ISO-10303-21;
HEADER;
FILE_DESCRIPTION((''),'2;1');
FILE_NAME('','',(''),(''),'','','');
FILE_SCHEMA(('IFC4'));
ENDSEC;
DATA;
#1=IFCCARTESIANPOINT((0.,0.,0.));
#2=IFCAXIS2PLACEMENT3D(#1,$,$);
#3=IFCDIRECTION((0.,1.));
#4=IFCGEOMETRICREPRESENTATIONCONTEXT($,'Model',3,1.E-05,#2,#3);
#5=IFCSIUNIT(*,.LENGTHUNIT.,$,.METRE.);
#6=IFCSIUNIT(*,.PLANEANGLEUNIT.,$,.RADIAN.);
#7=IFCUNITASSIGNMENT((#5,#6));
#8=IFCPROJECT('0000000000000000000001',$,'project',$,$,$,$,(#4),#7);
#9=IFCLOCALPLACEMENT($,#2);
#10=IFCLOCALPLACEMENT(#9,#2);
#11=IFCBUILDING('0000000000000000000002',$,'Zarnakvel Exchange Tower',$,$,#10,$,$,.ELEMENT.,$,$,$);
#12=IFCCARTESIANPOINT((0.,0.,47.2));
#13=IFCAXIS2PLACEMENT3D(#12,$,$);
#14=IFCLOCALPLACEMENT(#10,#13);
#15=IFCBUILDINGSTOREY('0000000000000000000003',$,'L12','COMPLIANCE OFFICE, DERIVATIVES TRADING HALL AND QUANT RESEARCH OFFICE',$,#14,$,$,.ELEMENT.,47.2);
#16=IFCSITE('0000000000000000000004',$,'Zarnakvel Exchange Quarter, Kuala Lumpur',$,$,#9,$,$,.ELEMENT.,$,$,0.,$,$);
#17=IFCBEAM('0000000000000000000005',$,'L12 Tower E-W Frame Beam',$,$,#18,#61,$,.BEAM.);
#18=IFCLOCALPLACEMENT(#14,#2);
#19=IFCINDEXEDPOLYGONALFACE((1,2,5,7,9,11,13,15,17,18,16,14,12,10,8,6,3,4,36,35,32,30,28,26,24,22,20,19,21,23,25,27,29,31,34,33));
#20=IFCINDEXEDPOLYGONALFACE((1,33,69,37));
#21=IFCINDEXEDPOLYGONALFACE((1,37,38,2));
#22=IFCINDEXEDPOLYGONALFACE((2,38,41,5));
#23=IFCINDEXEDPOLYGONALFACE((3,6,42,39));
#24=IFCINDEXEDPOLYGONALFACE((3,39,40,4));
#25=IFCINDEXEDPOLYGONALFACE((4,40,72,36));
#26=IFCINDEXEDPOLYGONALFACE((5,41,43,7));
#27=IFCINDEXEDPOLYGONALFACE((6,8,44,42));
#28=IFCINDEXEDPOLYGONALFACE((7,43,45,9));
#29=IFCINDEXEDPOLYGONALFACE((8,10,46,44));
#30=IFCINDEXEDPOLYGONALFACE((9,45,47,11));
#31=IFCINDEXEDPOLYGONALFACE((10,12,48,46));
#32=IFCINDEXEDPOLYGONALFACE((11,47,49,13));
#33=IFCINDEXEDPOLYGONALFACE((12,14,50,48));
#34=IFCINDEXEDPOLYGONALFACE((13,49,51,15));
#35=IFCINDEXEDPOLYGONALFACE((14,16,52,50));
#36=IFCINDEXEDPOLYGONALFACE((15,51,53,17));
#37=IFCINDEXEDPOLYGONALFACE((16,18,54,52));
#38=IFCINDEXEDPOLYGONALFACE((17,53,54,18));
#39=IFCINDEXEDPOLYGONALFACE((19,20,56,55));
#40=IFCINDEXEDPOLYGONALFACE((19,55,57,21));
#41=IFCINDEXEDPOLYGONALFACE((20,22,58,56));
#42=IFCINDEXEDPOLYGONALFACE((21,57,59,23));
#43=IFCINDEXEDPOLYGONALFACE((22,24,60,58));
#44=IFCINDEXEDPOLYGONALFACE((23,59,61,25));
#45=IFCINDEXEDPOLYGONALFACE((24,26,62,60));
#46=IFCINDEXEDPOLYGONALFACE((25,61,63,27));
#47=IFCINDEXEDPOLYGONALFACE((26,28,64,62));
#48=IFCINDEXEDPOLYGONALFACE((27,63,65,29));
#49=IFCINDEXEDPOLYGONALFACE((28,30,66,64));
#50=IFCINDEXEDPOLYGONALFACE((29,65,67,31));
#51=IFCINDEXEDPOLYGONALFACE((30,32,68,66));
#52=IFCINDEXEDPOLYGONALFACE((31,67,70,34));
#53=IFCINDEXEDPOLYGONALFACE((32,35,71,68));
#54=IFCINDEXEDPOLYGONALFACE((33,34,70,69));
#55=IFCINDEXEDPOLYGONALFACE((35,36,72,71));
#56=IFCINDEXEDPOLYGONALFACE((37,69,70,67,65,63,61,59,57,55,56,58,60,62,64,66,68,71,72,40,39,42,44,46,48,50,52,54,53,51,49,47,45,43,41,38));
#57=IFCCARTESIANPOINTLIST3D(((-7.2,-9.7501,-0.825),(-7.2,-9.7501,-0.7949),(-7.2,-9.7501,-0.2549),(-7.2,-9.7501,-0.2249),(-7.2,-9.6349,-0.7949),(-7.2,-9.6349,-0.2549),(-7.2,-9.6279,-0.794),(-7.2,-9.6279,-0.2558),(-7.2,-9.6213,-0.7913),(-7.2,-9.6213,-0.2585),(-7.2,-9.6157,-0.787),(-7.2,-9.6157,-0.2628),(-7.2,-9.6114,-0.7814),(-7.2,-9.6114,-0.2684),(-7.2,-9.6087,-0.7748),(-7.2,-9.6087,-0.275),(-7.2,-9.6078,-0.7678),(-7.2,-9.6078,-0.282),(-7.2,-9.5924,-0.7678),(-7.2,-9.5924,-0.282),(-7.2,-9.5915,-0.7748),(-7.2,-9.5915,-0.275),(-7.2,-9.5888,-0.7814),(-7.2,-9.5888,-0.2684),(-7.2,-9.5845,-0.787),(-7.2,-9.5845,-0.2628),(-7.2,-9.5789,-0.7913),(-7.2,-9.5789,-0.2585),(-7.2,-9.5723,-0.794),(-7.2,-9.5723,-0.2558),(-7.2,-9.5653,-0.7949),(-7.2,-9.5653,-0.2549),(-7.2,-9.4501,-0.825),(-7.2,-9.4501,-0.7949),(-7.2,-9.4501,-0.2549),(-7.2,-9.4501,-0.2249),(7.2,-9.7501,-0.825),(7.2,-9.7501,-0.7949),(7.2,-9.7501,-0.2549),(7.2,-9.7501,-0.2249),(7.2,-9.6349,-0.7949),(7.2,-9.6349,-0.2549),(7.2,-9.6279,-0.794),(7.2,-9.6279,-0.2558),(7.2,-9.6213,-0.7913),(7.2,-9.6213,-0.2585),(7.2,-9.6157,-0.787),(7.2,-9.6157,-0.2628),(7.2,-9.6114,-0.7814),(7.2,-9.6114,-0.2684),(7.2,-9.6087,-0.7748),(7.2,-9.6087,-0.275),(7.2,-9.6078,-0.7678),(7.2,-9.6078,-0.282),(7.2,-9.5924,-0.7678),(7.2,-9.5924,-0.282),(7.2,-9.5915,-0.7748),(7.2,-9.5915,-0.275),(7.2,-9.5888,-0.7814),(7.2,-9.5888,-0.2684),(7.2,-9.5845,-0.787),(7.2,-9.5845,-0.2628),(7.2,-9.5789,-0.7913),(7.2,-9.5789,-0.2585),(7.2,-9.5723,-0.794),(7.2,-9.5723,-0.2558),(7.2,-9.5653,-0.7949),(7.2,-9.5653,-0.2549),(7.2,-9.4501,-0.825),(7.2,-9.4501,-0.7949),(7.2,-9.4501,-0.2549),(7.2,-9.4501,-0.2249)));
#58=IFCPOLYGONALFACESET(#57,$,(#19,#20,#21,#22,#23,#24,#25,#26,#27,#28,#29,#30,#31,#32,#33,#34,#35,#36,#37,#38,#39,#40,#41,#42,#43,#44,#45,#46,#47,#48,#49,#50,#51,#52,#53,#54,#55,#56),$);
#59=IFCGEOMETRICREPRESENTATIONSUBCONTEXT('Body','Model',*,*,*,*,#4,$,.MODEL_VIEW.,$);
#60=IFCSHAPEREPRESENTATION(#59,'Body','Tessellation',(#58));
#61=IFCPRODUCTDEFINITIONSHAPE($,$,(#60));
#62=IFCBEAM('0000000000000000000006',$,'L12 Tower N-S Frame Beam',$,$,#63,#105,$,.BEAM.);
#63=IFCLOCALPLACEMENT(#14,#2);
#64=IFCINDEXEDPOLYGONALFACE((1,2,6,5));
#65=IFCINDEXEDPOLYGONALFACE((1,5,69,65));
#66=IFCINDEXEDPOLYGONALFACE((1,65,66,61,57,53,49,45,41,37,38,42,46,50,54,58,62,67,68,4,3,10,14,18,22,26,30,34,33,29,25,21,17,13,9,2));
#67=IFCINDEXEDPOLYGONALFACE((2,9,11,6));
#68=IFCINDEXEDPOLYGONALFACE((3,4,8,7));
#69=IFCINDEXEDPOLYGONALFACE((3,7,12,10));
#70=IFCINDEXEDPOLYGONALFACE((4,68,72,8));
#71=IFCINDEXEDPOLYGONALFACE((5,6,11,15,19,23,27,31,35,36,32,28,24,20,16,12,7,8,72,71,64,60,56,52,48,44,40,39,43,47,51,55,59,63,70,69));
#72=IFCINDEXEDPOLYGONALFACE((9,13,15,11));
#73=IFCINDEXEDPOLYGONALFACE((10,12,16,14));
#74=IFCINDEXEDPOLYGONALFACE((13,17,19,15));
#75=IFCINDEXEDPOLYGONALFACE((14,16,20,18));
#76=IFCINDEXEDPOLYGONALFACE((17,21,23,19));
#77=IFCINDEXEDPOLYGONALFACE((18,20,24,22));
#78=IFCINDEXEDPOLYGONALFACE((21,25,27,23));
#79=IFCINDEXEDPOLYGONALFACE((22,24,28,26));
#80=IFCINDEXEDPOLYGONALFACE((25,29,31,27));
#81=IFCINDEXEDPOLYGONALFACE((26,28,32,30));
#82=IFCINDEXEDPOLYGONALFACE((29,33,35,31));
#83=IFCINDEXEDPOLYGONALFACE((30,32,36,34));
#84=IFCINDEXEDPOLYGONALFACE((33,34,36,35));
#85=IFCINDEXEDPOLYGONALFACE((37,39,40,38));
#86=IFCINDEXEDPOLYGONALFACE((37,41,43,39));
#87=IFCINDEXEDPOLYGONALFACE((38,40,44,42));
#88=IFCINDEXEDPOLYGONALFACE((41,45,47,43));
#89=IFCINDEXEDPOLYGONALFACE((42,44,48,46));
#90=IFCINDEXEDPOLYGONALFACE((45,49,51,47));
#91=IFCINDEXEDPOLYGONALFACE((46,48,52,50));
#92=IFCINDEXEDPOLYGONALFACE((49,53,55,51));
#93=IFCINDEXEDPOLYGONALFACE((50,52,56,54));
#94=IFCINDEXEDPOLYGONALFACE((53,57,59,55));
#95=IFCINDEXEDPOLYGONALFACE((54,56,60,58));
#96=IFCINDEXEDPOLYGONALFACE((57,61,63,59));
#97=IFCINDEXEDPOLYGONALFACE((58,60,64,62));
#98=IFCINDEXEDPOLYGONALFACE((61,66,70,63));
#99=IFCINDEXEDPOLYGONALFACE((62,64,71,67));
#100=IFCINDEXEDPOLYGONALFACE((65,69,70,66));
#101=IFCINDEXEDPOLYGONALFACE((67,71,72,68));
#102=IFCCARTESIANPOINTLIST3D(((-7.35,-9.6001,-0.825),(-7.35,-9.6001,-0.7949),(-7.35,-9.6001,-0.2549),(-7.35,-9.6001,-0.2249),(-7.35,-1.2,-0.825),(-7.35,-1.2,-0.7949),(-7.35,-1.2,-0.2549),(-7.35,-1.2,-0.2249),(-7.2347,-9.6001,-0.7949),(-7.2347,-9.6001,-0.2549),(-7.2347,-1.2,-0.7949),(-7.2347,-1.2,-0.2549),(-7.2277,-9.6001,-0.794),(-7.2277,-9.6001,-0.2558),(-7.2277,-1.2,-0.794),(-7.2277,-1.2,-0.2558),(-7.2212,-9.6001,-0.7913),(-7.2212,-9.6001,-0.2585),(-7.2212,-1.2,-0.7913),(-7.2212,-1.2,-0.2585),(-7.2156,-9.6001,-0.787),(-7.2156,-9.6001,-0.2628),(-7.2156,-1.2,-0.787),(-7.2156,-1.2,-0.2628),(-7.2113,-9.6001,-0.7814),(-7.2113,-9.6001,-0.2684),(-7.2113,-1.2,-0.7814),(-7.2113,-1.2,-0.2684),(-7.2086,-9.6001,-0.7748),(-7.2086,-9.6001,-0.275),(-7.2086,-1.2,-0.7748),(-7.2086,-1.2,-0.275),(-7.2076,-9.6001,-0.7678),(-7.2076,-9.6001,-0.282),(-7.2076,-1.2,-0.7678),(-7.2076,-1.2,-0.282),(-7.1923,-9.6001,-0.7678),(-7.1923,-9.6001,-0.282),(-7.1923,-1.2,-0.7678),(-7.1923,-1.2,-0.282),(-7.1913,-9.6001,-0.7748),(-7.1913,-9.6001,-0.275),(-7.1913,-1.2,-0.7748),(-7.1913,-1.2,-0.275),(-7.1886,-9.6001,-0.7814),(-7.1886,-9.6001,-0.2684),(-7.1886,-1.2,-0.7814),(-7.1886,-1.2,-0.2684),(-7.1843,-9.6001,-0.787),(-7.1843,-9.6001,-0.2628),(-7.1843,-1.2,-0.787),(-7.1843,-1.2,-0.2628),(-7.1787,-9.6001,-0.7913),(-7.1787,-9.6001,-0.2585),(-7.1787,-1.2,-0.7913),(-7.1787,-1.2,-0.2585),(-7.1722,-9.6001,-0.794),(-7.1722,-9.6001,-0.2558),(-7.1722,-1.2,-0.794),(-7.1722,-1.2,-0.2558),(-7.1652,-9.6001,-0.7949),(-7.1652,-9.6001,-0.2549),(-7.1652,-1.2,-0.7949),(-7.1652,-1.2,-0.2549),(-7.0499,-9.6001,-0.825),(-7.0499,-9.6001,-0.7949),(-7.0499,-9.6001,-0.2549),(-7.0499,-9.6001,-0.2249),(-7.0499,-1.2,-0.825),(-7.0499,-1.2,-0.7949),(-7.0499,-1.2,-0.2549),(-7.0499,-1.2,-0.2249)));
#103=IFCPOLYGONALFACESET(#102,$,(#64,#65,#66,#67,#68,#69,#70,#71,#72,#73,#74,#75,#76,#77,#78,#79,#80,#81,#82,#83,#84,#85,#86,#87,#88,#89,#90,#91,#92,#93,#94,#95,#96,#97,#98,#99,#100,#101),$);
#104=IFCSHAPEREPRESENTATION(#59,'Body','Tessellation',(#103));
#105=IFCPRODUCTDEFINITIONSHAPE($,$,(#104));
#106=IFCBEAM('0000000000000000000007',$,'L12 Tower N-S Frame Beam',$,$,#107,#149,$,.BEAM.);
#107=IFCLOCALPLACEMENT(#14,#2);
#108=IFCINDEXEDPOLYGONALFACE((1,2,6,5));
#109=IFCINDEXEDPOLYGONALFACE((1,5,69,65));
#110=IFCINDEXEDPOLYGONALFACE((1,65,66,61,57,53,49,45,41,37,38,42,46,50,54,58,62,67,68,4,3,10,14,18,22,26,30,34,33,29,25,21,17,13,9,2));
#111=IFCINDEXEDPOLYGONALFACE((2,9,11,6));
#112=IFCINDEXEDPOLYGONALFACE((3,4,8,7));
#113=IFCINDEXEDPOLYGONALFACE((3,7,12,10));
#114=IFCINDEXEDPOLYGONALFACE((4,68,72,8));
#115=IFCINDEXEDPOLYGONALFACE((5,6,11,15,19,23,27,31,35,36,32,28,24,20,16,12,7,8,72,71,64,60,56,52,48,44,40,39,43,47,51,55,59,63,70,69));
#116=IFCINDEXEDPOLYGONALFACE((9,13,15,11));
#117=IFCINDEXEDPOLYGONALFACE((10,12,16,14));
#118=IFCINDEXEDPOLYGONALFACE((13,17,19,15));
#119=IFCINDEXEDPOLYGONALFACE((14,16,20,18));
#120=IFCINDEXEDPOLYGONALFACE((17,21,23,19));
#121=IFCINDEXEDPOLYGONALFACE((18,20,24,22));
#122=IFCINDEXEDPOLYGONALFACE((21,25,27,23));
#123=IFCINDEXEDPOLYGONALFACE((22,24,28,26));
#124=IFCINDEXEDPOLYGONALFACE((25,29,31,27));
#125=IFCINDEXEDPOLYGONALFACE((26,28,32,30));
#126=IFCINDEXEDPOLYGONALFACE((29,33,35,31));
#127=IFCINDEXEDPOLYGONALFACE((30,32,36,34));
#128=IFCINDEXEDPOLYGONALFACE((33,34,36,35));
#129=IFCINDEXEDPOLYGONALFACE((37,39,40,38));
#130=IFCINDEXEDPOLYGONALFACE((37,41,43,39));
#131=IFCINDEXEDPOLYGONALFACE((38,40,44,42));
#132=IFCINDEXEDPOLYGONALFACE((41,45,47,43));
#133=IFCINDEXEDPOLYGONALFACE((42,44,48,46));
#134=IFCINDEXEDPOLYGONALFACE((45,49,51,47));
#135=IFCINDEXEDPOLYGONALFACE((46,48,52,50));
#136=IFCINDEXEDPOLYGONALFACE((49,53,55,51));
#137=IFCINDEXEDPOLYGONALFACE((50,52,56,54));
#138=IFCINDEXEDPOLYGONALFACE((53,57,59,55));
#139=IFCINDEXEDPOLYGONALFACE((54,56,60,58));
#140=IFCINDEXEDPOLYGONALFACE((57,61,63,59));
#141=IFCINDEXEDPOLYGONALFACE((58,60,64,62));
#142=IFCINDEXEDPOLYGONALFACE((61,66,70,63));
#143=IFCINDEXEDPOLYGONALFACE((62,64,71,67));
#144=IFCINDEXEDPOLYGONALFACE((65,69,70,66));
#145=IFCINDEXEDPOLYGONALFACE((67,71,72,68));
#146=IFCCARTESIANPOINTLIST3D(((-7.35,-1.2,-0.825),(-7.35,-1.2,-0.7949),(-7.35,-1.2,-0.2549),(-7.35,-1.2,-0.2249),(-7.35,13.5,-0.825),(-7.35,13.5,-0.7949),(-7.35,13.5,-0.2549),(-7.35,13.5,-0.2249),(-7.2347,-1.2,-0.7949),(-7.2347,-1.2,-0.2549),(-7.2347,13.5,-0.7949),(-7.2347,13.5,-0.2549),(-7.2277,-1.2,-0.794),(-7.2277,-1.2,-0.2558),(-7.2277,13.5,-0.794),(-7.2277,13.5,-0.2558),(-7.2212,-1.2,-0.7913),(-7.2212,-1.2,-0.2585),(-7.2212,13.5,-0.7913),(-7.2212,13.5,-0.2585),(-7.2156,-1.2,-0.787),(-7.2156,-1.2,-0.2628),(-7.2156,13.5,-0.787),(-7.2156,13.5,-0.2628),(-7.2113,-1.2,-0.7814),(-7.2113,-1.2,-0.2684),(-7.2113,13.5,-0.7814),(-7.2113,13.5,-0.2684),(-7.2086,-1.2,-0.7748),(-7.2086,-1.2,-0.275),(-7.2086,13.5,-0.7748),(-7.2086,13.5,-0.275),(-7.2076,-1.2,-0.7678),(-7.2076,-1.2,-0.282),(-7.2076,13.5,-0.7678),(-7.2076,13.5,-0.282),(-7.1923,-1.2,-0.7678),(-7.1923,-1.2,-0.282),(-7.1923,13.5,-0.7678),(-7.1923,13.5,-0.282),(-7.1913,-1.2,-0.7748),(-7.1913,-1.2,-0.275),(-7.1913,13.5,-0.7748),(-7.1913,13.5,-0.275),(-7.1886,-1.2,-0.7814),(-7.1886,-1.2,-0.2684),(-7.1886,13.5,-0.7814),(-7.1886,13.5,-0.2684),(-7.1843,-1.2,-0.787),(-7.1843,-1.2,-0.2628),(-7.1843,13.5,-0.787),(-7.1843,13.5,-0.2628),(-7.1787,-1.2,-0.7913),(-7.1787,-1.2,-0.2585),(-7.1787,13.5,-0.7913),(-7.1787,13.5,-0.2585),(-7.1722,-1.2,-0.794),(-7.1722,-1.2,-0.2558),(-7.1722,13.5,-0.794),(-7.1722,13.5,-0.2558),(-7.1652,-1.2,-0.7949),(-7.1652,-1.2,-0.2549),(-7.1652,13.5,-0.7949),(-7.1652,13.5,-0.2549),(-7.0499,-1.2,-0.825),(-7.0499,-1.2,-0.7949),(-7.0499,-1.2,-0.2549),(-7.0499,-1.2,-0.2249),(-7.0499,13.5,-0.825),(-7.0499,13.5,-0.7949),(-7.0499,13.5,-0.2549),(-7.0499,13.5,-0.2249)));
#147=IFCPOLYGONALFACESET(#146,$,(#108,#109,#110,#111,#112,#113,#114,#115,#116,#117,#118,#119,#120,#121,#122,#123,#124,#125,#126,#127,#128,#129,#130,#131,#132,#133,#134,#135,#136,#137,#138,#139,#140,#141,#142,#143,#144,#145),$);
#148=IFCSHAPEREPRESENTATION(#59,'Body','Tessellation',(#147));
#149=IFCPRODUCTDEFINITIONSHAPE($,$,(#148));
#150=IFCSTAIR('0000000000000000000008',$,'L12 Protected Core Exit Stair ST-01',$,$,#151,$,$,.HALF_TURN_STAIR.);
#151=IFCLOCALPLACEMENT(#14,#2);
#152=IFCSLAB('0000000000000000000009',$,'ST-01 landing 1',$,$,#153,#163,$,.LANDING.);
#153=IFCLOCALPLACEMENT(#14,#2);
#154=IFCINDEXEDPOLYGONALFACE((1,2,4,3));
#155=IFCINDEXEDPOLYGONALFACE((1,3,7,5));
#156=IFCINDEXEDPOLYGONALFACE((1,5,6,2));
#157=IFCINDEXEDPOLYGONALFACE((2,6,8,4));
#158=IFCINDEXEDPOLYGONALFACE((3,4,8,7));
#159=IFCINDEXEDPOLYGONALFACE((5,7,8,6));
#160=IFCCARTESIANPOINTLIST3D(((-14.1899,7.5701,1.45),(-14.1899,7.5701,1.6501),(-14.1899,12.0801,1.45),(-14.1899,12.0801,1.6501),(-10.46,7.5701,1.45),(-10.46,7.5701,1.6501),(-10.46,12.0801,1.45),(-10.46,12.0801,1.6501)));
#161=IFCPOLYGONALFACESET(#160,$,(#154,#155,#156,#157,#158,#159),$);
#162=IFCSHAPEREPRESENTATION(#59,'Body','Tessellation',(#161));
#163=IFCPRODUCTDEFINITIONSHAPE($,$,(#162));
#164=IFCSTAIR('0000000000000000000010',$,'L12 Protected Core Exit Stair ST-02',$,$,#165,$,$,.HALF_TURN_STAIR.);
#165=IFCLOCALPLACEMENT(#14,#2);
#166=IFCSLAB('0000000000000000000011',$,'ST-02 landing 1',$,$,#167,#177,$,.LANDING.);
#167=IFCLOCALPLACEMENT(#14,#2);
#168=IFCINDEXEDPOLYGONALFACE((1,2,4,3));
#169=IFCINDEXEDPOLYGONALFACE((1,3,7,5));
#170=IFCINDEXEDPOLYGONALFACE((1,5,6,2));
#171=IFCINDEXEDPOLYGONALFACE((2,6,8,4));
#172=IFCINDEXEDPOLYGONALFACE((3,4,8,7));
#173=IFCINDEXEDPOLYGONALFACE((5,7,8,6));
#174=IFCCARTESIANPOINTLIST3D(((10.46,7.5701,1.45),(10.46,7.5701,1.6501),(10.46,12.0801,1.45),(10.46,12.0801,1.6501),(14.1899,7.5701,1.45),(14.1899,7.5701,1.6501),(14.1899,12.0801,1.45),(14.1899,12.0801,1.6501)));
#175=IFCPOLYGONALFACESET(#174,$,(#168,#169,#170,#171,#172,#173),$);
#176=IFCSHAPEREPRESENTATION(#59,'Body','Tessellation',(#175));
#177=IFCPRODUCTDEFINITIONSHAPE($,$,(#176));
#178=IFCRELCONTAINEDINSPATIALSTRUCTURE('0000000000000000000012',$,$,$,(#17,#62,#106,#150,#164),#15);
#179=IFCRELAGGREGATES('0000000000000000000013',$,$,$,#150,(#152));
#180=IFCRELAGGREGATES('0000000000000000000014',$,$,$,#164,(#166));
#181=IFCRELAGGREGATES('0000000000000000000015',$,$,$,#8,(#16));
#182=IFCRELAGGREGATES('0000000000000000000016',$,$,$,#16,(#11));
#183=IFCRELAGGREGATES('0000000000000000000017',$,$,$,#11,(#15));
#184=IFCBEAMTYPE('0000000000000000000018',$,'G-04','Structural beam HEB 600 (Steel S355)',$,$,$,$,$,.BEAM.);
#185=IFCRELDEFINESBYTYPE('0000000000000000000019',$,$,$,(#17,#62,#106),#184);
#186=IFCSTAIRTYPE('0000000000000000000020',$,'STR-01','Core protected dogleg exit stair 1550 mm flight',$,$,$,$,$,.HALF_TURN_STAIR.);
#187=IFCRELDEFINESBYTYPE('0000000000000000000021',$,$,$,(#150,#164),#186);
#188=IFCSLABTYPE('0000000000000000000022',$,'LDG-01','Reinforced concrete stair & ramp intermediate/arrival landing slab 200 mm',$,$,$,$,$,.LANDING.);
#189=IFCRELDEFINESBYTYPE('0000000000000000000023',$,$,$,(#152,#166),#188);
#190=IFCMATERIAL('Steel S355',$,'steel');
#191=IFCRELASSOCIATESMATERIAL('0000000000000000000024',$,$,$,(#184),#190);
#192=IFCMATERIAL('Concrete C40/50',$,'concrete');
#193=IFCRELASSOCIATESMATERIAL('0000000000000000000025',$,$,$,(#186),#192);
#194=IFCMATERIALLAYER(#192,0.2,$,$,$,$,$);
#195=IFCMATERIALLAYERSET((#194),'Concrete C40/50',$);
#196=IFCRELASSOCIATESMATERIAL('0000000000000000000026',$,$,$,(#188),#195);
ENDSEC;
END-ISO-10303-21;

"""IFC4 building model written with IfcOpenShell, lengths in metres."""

from ifc_helpers import new_model, si_unit, direction, frame, origin, origin_2d, place, context, subcontext, project, spatial, polyline, i_section, outline, extrude, material, layer, layer_set, material_profile, profile_set, type_object, element, aggregate, save


model = new_model("IFC4")

# Units and contexts
model_context = context("Model", 3, precision=1e-05, world=origin(), true_north=direction((0.0, 1.0)))
body_context = subcontext(model_context, "Body", "Model", "MODEL_VIEW")
ifc_project = project(units=[si_unit("LENGTHUNIT", "METRE"), si_unit("PLANEANGLEUNIT", "RADIAN")], contexts=[model_context])

# Site, building, storey
site_placement = place(None, origin())
site = spatial("IfcSite", under=ifc_project, at=site_placement, Name="Zarnakvel Exchange Quarter, Kuala Lumpur", CompositionType="ELEMENT", RefElevation=0.0)
building_placement = place(site_placement, origin())
building = spatial("IfcBuilding", under=site, at=building_placement, Name="Zarnakvel Exchange Tower", CompositionType="ELEMENT")
storey_placement = place(building_placement, frame((0.0, 0.0, 47.2)))
storey = spatial("IfcBuildingStorey", under=building, at=storey_placement, Name="L12", Description="COMPLIANCE OFFICE, DERIVATIVES TRADING HALL AND QUANT RESEARCH OFFICE", CompositionType="ELEMENT", Elevation=47.2)

# Beams
ifc_material_1 = material(Name="Steel S355", Category="steel")
ifc_material_profile_1 = material_profile(ifc_material_1, i_section(OverallWidth=0.3, OverallDepth=0.6001, WebThickness=0.0154, FlangeThickness=0.03, FilletRadius=0.0271, at=origin_2d()))
ifc_profile_set_1 = profile_set([ifc_material_profile_1], Name="Steel S355")
beam_type_1 = type_object("IfcBeamType", Name="G-04", Description="Structural beam HEB 600 (Steel S355)", PredefinedType="BEAM", material=ifc_profile_set_1)
beam_1_placement = place(storey_placement, frame((-7.2, -9.6001, -0.5249), z_axis=(1.0, 0.0, 0.0), x_axis=(0.0, 1.0, 0.0)))
element("IfcBeam", 1, at=beam_1_placement, inside=storey, type_object=beam_type_1, Name="L12 Tower E-W Frame Beam", PredefinedType="BEAM", context=body_context, shape_type="SweptSolid", body=[
    extrude(i_section(OverallWidth=0.3, OverallDepth=0.6001, WebThickness=0.0154, FlangeThickness=0.03, FilletRadius=0.0271, at=origin_2d()), origin(), (0.0, 0.0, 1.0), 14.3999),
])
beam_2_placement = place(storey_placement, frame((-7.2, -9.6001, -0.5249), z_axis=(0.0, 1.0, 0.0), x_axis=(-1.0, 0.0, 0.0)))
element("IfcBeam", 2, at=beam_2_placement, inside=storey, type_object=beam_type_1, Name="L12 Tower N-S Frame Beam", PredefinedType="BEAM", context=body_context, shape_type="SweptSolid", body=[
    extrude(i_section(OverallWidth=0.3, OverallDepth=0.6001, WebThickness=0.0154, FlangeThickness=0.03, FilletRadius=0.0271, at=origin_2d()), origin(), (0.0, 0.0, 1.0), 8.4001),
])
beam_3_placement = place(storey_placement, frame((-7.2, -1.2, -0.5249), z_axis=(0.0, 1.0, 0.0), x_axis=(-1.0, 0.0, 0.0)))
element("IfcBeam", 3, at=beam_3_placement, inside=storey, type_object=beam_type_1, Name="L12 Tower N-S Frame Beam", PredefinedType="BEAM", context=body_context, shape_type="SweptSolid", body=[
    extrude(i_section(OverallWidth=0.3, OverallDepth=0.6001, WebThickness=0.0154, FlangeThickness=0.03, FilletRadius=0.0271, at=origin_2d()), origin(), (0.0, 0.0, 1.0), 14.7),
])

# Stairs, slabs
ifc_material_2 = material(Name="Concrete C40/50", Category="concrete")
stair_type = type_object("IfcStairType", Name="STR-01", Description="Core protected dogleg exit stair 1550 mm flight", PredefinedType="HALF_TURN_STAIR", material=ifc_material_2)
stair_1_placement = place(storey_placement, origin())
stair_1 = element("IfcStair", 4, at=stair_1_placement, inside=storey, type_object=stair_type, Name="L12 Protected Core Exit Stair ST-01", PredefinedType="HALF_TURN_STAIR")
ifc_layer_1 = layer(ifc_material_2, 0.2)
ifc_layer_set_1 = layer_set([ifc_layer_1], Name="Concrete C40/50")
slab_type_1 = type_object("IfcSlabType", Name="LDG-01", Description="Reinforced concrete stair & ramp intermediate/arrival landing slab 200 mm", PredefinedType="LANDING", material=ifc_layer_set_1)
slab_1_placement = place(storey_placement, frame((0.0, 0.0, 1.45)))
slab_1 = element("IfcSlab", 5, at=slab_1_placement, type_object=slab_type_1, Name="ST-01 landing 1", PredefinedType="LANDING", context=body_context, shape_type="SweptSolid", body=[
    extrude(outline(polyline([(-14.1899, 7.5701), (-10.46, 7.5701), (-10.46, 12.0801), (-14.1899, 12.0801), (-14.1899, 7.5701)])), origin(), (0.0, 0.0, 1.0), 0.2002),
])
aggregate(stair_1, [slab_1])
stair_2_placement = place(storey_placement, origin())
stair_2 = element("IfcStair", 6, at=stair_2_placement, inside=storey, type_object=stair_type, Name="L12 Protected Core Exit Stair ST-02", PredefinedType="HALF_TURN_STAIR")
slab_2_placement = place(storey_placement, frame((0.0, 0.0, 1.45)))
slab_2 = element("IfcSlab", 7, at=slab_2_placement, type_object=slab_type_1, Name="ST-02 landing 1", PredefinedType="LANDING", context=body_context, shape_type="SweptSolid", body=[
    extrude(outline(polyline([(10.46, 7.5701), (14.1899, 7.5701), (14.1899, 12.0801), (10.46, 12.0801), (10.46, 7.5701)])), origin(), (0.0, 0.0, 1.0), 0.2002),
])
aggregate(stair_2, [slab_2])

save(model, "model.ifc")
